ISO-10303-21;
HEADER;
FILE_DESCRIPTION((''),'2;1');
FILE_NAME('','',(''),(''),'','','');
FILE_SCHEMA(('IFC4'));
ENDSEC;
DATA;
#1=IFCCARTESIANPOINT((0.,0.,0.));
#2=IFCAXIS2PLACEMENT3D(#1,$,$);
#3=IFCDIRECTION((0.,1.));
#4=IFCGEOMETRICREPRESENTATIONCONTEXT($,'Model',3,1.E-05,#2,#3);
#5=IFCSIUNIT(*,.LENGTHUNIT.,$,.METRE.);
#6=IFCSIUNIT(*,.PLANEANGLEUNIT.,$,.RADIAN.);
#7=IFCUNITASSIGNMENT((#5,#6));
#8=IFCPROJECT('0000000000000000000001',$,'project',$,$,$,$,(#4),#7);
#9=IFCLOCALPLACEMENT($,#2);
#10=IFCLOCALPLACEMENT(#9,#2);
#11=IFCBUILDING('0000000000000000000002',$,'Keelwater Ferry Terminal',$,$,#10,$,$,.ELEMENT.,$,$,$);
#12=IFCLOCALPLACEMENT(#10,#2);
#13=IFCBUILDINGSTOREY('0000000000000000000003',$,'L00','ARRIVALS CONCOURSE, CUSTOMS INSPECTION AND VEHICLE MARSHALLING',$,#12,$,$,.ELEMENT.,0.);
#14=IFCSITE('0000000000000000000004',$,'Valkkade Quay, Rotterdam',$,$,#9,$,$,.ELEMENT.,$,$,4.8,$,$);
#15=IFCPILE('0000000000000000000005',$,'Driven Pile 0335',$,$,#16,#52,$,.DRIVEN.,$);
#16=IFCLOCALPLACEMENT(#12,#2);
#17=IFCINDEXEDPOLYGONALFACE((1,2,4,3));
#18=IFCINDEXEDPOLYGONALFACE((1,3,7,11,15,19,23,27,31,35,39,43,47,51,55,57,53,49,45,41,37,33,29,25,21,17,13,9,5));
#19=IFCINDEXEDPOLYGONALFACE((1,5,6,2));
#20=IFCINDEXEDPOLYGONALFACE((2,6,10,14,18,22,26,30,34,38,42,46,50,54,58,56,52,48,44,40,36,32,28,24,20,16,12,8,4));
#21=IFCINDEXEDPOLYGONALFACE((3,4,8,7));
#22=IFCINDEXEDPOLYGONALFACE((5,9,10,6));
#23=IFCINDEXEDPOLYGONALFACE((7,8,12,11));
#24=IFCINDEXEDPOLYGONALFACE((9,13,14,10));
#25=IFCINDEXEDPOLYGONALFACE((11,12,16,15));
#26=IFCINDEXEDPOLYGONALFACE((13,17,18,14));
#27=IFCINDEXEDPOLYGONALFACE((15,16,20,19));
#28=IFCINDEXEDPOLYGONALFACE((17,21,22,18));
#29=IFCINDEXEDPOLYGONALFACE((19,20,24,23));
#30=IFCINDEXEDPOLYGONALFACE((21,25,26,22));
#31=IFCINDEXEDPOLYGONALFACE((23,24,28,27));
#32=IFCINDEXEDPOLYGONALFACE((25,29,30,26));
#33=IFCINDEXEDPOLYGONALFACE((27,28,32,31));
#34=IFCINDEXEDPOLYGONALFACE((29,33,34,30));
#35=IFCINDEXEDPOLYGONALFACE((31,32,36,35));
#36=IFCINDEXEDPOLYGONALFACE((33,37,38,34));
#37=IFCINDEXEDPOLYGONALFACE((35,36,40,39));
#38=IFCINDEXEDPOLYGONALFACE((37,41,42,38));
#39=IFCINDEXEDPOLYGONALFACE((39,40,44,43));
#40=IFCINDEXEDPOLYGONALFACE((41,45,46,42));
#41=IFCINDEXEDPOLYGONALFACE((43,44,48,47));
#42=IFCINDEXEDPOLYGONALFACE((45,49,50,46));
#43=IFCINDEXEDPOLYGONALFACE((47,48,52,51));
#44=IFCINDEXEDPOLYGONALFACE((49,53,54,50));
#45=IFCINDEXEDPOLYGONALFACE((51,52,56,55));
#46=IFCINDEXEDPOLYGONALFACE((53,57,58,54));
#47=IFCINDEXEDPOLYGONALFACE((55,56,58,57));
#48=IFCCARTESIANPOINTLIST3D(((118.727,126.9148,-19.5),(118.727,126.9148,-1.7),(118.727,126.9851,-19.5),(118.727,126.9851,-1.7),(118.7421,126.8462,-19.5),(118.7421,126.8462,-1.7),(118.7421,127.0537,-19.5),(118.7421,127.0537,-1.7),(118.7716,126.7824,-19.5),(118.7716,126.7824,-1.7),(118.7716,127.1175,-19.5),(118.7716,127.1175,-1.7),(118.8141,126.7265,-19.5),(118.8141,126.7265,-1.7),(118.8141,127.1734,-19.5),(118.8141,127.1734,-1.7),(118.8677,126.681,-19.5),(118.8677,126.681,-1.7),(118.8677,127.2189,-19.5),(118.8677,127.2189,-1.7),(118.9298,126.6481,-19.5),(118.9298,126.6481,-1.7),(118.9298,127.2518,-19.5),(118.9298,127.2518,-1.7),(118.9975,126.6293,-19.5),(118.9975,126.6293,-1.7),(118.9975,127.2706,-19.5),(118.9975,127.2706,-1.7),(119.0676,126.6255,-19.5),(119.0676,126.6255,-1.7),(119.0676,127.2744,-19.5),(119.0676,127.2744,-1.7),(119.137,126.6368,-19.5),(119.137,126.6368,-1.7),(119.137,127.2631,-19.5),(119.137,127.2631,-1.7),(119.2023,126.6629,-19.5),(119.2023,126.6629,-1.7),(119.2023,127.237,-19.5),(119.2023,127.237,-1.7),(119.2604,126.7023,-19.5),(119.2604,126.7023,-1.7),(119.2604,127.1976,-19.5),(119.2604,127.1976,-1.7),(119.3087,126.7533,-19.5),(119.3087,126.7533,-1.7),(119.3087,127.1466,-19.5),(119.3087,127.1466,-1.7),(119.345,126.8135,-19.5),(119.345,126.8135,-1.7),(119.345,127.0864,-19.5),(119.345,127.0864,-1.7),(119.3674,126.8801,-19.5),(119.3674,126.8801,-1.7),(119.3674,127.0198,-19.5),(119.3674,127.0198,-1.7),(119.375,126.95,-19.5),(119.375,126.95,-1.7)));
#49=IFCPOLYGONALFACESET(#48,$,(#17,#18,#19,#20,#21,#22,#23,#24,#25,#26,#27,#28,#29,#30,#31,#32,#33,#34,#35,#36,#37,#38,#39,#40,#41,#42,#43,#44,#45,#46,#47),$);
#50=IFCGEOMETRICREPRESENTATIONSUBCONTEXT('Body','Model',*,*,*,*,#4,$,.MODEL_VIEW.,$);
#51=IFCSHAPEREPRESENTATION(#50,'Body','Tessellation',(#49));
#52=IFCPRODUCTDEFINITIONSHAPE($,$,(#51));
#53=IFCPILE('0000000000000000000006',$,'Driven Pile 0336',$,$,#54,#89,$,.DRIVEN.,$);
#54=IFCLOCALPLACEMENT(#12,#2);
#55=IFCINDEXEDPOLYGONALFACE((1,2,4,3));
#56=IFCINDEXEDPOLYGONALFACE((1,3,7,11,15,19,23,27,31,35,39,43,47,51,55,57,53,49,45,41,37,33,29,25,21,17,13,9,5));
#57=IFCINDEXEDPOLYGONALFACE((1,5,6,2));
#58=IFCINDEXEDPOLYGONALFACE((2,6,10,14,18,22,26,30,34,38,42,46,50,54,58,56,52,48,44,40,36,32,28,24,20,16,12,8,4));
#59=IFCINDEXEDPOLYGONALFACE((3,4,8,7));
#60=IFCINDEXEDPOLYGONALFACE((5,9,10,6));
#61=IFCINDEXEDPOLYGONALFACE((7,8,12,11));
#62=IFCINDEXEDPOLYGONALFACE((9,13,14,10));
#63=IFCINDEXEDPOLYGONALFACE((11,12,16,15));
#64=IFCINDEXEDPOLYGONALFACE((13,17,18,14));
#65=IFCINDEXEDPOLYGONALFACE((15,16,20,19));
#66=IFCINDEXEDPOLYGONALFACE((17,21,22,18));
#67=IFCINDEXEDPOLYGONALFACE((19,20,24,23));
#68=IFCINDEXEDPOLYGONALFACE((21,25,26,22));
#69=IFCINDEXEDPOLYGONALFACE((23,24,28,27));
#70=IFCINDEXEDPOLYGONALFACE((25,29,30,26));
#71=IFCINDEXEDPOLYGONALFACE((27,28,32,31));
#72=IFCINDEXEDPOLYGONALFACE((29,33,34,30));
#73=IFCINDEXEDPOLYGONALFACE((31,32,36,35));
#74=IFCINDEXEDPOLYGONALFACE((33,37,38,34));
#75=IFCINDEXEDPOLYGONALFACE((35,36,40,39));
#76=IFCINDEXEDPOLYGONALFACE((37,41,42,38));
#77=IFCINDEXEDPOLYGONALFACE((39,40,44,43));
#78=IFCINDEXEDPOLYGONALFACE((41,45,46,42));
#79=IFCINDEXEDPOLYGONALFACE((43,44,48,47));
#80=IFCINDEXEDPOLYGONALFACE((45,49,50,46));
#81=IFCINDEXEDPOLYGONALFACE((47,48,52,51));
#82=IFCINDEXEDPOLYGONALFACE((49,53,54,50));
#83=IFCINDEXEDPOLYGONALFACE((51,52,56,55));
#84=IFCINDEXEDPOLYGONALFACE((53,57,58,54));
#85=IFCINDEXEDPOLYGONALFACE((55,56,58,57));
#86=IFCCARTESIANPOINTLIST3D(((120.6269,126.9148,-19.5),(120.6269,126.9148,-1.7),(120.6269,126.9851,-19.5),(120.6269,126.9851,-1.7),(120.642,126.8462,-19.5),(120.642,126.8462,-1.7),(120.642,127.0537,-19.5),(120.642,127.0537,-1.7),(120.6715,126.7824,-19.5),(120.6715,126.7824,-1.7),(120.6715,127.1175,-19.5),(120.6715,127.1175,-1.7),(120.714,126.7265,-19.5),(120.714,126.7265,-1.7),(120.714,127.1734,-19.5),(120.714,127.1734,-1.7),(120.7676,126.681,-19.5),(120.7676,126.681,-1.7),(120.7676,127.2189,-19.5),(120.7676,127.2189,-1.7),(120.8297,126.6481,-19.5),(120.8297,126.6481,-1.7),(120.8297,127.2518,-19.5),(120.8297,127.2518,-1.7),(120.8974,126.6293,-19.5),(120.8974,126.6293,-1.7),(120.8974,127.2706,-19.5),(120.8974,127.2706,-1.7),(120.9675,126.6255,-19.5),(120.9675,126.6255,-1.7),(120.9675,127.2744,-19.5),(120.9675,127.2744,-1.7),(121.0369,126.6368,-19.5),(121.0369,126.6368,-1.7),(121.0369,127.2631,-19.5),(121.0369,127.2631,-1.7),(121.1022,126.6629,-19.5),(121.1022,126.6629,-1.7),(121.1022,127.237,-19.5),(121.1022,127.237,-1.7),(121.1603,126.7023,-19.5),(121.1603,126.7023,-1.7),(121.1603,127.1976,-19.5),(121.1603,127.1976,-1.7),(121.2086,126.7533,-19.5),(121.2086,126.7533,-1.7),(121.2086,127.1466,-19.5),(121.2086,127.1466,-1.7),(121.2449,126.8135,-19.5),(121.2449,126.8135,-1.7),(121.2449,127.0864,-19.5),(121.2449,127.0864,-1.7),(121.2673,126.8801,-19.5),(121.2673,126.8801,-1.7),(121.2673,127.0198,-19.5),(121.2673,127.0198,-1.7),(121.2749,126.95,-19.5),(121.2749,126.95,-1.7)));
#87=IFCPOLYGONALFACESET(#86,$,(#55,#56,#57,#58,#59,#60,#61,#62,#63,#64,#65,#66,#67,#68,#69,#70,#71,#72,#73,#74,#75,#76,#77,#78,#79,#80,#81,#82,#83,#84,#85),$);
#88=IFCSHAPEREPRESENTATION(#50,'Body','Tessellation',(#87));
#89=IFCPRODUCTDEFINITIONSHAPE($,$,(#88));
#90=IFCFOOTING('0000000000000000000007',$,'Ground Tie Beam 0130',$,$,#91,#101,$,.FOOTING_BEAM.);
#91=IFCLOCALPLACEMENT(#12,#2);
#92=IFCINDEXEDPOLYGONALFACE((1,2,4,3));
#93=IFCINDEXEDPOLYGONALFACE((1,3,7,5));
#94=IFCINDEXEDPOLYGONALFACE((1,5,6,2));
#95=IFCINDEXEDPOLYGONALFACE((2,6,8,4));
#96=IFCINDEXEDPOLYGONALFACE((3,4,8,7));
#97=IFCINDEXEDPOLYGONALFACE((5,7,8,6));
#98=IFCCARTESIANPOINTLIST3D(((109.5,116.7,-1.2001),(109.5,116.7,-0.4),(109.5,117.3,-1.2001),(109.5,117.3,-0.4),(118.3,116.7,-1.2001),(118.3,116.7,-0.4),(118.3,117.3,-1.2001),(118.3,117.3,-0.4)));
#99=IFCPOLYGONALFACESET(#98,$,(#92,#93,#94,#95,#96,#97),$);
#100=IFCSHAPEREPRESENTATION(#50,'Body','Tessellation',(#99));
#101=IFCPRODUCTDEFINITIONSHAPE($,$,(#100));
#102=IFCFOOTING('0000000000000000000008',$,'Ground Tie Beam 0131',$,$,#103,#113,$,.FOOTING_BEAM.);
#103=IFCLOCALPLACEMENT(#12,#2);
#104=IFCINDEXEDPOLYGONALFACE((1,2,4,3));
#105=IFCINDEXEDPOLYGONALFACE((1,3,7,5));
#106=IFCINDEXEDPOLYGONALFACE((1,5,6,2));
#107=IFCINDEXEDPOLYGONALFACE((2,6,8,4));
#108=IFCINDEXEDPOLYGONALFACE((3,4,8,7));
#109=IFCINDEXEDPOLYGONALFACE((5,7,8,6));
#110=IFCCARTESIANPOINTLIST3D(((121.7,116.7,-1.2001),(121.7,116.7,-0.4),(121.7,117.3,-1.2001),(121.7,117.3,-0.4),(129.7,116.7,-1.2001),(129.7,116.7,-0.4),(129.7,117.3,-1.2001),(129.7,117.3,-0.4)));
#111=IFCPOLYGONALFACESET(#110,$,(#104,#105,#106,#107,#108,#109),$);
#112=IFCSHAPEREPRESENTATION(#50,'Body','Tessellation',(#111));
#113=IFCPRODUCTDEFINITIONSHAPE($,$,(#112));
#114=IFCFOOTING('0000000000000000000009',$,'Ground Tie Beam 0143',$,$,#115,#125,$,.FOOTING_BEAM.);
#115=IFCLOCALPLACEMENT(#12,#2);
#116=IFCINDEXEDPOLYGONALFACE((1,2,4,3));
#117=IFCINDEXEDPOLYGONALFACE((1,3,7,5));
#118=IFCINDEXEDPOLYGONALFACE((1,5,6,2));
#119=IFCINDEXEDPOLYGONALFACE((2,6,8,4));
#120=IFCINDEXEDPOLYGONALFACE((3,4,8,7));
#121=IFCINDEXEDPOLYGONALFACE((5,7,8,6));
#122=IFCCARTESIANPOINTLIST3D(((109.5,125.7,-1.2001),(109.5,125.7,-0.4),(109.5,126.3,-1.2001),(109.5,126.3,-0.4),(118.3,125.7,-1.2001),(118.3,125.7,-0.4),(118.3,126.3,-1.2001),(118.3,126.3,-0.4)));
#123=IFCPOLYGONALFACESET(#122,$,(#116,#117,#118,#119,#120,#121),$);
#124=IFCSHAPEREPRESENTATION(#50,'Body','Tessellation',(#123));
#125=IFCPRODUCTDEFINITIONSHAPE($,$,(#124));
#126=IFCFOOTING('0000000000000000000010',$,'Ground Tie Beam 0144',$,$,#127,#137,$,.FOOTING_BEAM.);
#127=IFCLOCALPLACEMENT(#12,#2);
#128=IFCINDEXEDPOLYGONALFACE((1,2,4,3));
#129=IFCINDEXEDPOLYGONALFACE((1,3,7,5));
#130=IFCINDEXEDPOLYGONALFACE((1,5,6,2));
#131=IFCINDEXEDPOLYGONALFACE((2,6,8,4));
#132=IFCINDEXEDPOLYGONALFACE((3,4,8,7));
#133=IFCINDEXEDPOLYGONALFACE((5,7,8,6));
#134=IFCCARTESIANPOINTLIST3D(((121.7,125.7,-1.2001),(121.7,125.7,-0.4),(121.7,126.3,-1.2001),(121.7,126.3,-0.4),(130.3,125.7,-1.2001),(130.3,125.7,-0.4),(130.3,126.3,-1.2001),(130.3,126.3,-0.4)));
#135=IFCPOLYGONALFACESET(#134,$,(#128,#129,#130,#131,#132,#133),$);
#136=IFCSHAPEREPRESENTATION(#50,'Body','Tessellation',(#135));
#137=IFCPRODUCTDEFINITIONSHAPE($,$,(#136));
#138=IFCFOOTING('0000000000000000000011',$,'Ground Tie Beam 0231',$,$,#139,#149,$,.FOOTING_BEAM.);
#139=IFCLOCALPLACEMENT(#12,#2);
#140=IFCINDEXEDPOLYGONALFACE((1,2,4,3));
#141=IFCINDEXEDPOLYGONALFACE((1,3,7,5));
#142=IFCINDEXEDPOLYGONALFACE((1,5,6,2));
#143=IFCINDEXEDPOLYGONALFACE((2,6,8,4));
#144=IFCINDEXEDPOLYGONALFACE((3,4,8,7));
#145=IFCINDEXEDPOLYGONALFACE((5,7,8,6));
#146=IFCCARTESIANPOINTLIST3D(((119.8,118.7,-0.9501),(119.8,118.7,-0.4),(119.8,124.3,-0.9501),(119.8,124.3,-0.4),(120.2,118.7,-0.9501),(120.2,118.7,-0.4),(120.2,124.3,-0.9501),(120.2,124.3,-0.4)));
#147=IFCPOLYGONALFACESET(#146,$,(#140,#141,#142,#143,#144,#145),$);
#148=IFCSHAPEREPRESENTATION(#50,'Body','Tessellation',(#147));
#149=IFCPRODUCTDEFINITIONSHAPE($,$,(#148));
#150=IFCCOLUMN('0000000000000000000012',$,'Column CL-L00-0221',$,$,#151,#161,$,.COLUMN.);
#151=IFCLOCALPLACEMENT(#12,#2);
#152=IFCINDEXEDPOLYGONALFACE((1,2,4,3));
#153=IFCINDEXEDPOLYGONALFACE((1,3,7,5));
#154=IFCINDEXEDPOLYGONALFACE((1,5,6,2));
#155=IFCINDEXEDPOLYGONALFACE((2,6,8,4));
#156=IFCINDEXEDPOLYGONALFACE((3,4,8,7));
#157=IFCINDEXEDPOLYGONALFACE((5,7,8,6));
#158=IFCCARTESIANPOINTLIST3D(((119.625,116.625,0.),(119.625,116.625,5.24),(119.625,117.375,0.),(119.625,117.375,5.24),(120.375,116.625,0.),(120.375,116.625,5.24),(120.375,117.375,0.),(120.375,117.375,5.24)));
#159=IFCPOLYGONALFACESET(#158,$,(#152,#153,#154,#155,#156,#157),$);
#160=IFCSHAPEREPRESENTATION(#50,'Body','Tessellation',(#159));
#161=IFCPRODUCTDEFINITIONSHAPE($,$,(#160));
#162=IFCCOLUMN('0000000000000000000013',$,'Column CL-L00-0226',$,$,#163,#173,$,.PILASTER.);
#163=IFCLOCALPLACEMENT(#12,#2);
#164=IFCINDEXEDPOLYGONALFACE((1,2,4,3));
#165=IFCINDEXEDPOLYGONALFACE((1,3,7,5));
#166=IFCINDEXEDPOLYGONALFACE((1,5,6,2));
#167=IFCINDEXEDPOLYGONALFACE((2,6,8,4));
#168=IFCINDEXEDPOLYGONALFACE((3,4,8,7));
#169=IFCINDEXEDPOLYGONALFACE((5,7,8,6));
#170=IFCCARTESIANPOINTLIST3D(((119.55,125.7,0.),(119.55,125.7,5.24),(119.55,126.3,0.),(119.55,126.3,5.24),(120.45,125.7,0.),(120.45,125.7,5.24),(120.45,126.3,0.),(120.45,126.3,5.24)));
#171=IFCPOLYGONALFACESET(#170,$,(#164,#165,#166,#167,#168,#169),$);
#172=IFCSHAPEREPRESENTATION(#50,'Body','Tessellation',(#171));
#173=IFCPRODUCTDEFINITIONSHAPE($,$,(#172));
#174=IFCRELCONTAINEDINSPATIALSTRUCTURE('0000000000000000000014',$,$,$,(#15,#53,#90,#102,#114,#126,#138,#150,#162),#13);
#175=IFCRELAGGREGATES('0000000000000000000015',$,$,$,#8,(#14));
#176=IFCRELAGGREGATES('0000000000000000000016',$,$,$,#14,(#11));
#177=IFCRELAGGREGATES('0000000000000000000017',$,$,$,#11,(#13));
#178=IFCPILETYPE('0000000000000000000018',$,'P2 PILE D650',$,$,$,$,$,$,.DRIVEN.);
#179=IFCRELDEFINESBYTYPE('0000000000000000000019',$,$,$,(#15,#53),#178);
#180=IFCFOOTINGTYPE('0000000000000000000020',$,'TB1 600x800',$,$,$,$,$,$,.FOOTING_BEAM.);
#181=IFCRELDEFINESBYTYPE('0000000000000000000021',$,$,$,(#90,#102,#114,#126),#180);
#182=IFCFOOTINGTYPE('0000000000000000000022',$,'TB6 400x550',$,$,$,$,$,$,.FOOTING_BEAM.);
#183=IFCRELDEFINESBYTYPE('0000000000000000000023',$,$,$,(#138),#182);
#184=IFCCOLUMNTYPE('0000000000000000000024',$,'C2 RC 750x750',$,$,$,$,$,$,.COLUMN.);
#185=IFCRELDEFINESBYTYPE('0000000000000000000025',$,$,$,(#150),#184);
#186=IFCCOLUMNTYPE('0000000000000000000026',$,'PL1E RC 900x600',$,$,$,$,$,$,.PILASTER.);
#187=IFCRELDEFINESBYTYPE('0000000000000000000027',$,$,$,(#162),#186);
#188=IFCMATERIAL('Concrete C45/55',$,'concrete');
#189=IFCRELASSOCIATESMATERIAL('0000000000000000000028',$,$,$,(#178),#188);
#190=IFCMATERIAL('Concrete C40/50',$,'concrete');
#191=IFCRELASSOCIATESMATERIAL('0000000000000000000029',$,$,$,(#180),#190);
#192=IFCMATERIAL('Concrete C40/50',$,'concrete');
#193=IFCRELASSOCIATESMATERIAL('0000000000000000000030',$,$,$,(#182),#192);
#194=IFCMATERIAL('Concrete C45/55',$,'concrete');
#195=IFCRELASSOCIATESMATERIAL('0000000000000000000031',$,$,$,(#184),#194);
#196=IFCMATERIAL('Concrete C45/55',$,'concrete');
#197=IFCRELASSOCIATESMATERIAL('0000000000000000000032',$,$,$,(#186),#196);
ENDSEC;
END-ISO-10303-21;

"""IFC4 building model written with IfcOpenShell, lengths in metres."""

from ifc_helpers import new_model, si_unit, direction, frame, origin, origin_2d, place, context, subcontext, project, spatial, rectangle, circle, extrude, material, material_profile, profile_set, type_object, element, save


model = new_model("IFC4")

# Units and contexts
model_context = context("Model", 3, precision=1e-05, world=origin(), true_north=direction((0.0, 1.0)))
body_context = subcontext(model_context, "Body", "Model", "MODEL_VIEW")
ifc_project = project(units=[si_unit("LENGTHUNIT", "METRE"), si_unit("PLANEANGLEUNIT", "RADIAN")], contexts=[model_context])

# Site, building, storey
site_placement = place(None, origin())
site = spatial("IfcSite", under=ifc_project, at=site_placement, Name="Valkkade Quay, Rotterdam", CompositionType="ELEMENT", RefElevation=4.8)
building_placement = place(site_placement, origin())
building = spatial("IfcBuilding", under=site, at=building_placement, Name="Keelwater Ferry Terminal", CompositionType="ELEMENT")
storey_placement = place(building_placement, origin())
storey = spatial("IfcBuildingStorey", under=building, at=storey_placement, Name="L00", Description="ARRIVALS CONCOURSE, CUSTOMS INSPECTION AND VEHICLE MARSHALLING", CompositionType="ELEMENT", Elevation=0.0)

# Piles
ifc_material_1 = material(Name="Concrete C45/55", Category="concrete")
ifc_material_profile_1 = material_profile(ifc_material_1, circle(Radius=0.325, at=origin_2d()), Name="PILE D650")
ifc_profile_set_1 = profile_set([ifc_material_profile_1], Name="Concrete C45/55")
pile_type = type_object("IfcPileType", Name="P2 PILE D650", PredefinedType="DRIVEN", material=ifc_profile_set_1)
for number, where, z_axis, x_axis, name in (
    (1, (119.05, 126.95, -1.7), (0.0, 0.0, -1.0), (1.0, 0.0, 0.0), "Driven Pile 0335"),
    (2, (120.95, 126.95, -1.7), (0.0, 0.0, -1.0), (1.0, 0.0, 0.0), "Driven Pile 0336"),
):
    element("IfcPile", number, at=place(storey_placement, frame(where, z_axis=z_axis, x_axis=x_axis)), inside=storey, type_object=pile_type, Name=name, PredefinedType="DRIVEN", context=body_context, shape_type="SweptSolid", body=[
        extrude(circle(Radius=0.325, at=origin_2d()), origin(), (0.0, 0.0, 1.0), 17.8),
    ])

# Footings
ifc_material_2 = material(Name="Concrete C40/50", Category="concrete")
ifc_material_profile_2 = material_profile(ifc_material_2, rectangle(XDim=0.6001, YDim=0.8, at=origin_2d()), Name="TB 600x800")
ifc_profile_set_2 = profile_set([ifc_material_profile_2], Name="Concrete C40/50")
footing_type_1 = type_object("IfcFootingType", Name="TB1 600x800", PredefinedType="FOOTING_BEAM", material=ifc_profile_set_2)
footing_1_placement = place(storey_placement, frame((109.5, 117.0, -0.8), z_axis=(1.0, 0.0, 0.0), x_axis=(0.0, 1.0, 0.0)))
element("IfcFooting", 3, at=footing_1_placement, inside=storey, type_object=footing_type_1, Name="Ground Tie Beam 0130", PredefinedType="FOOTING_BEAM", context=body_context, shape_type="SweptSolid", body=[
    extrude(rectangle(XDim=0.6001, YDim=0.8, at=origin_2d()), origin(), (0.0, 0.0, 1.0), 8.8),
])
footing_2_placement = place(storey_placement, frame((121.7, 117.0, -0.8), z_axis=(1.0, 0.0, 0.0), x_axis=(0.0, 1.0, 0.0)))
element("IfcFooting", 4, at=footing_2_placement, inside=storey, type_object=footing_type_1, Name="Ground Tie Beam 0131", PredefinedType="FOOTING_BEAM", context=body_context, shape_type="SweptSolid", body=[
    extrude(rectangle(XDim=0.6001, YDim=0.8, at=origin_2d()), origin(), (0.0, 0.0, 1.0), 8.0),
])
footing_3_placement = place(storey_placement, frame((109.5, 126.0, -0.8), z_axis=(1.0, 0.0, 0.0), x_axis=(0.0, 1.0, 0.0)))
element("IfcFooting", 5, at=footing_3_placement, inside=storey, type_object=footing_type_1, Name="Ground Tie Beam 0143", PredefinedType="FOOTING_BEAM", context=body_context, shape_type="SweptSolid", body=[
    extrude(rectangle(XDim=0.6001, YDim=0.8, at=origin_2d()), origin(), (0.0, 0.0, 1.0), 8.8),
])
footing_4_placement = place(storey_placement, frame((121.7, 126.0, -0.8), z_axis=(1.0, 0.0, 0.0), x_axis=(0.0, 1.0, 0.0)))
element("IfcFooting", 6, at=footing_4_placement, inside=storey, type_object=footing_type_1, Name="Ground Tie Beam 0144", PredefinedType="FOOTING_BEAM", context=body_context, shape_type="SweptSolid", body=[
    extrude(rectangle(XDim=0.6001, YDim=0.8, at=origin_2d()), origin(), (0.0, 0.0, 1.0), 8.6001),
])
ifc_material_3 = material(Name="Concrete C40/50", Category="concrete")
ifc_material_profile_3 = material_profile(ifc_material_3, rectangle(XDim=0.3999, YDim=0.55, at=origin_2d()), Name="TB 400x550")
ifc_profile_set_3 = profile_set([ifc_material_profile_3], Name="Concrete C40/50")
footing_type_2 = type_object("IfcFootingType", Name="TB6 400x550", PredefinedType="FOOTING_BEAM", material=ifc_profile_set_3)
footing_5_placement = place(storey_placement, frame((120.0, 118.7, -0.675), z_axis=(0.0, 1.0, 0.0), x_axis=(-1.0, 0.0, 0.0)))
element("IfcFooting", 7, at=footing_5_placement, inside=storey, type_object=footing_type_2, Name="Ground Tie Beam 0231", PredefinedType="FOOTING_BEAM", context=body_context, shape_type="SweptSolid", body=[
    extrude(rectangle(XDim=0.3999, YDim=0.55, at=origin_2d()), origin(), (0.0, 0.0, 1.0), 5.6001),
])

# Columns
ifc_material_4 = material(Name="Concrete C45/55", Category="concrete")
ifc_material_profile_4 = material_profile(ifc_material_4, rectangle(XDim=0.75, YDim=0.75, at=origin_2d()), Name="RC 750x750")
ifc_profile_set_4 = profile_set([ifc_material_profile_4], Name="Concrete C45/55")
column_type_1 = type_object("IfcColumnType", Name="C2 RC 750x750", PredefinedType="COLUMN", material=ifc_profile_set_4)
column_1_placement = place(storey_placement, frame((120.0, 117.0, 0.0), z_axis=(0.0, 0.0, 1.0), x_axis=(1.0, 0.0, 0.0)))
element("IfcColumn", 8, at=column_1_placement, inside=storey, type_object=column_type_1, Name="Column CL-L00-0221", PredefinedType="COLUMN", context=body_context, shape_type="SweptSolid", body=[
    extrude(rectangle(XDim=0.75, YDim=0.75, at=origin_2d()), origin(), (0.0, 0.0, 1.0), 5.24),
])
ifc_material_5 = material(Name="Concrete C45/55", Category="concrete")
ifc_material_profile_5 = material_profile(ifc_material_5, rectangle(XDim=0.6001, YDim=0.8999, at=origin_2d()), Name="RC 900x600")
ifc_profile_set_5 = profile_set([ifc_material_profile_5], Name="Concrete C45/55")
column_type_2 = type_object("IfcColumnType", Name="PL1E RC 900x600", PredefinedType="PILASTER", material=ifc_profile_set_5)
column_2_placement = place(storey_placement, frame((120.0, 126.0, 0.0), z_axis=(0.0, 0.0, 1.0), x_axis=(0.0, 1.0, 0.0)))
element("IfcColumn", 9, at=column_2_placement, inside=storey, type_object=column_type_2, Name="Column CL-L00-0226", PredefinedType="PILASTER", context=body_context, shape_type="SweptSolid", body=[
    extrude(rectangle(XDim=0.6001, YDim=0.8999, at=origin_2d()), origin(), (0.0, 0.0, 1.0), 5.24),
])

save(model, "model.ifc")
